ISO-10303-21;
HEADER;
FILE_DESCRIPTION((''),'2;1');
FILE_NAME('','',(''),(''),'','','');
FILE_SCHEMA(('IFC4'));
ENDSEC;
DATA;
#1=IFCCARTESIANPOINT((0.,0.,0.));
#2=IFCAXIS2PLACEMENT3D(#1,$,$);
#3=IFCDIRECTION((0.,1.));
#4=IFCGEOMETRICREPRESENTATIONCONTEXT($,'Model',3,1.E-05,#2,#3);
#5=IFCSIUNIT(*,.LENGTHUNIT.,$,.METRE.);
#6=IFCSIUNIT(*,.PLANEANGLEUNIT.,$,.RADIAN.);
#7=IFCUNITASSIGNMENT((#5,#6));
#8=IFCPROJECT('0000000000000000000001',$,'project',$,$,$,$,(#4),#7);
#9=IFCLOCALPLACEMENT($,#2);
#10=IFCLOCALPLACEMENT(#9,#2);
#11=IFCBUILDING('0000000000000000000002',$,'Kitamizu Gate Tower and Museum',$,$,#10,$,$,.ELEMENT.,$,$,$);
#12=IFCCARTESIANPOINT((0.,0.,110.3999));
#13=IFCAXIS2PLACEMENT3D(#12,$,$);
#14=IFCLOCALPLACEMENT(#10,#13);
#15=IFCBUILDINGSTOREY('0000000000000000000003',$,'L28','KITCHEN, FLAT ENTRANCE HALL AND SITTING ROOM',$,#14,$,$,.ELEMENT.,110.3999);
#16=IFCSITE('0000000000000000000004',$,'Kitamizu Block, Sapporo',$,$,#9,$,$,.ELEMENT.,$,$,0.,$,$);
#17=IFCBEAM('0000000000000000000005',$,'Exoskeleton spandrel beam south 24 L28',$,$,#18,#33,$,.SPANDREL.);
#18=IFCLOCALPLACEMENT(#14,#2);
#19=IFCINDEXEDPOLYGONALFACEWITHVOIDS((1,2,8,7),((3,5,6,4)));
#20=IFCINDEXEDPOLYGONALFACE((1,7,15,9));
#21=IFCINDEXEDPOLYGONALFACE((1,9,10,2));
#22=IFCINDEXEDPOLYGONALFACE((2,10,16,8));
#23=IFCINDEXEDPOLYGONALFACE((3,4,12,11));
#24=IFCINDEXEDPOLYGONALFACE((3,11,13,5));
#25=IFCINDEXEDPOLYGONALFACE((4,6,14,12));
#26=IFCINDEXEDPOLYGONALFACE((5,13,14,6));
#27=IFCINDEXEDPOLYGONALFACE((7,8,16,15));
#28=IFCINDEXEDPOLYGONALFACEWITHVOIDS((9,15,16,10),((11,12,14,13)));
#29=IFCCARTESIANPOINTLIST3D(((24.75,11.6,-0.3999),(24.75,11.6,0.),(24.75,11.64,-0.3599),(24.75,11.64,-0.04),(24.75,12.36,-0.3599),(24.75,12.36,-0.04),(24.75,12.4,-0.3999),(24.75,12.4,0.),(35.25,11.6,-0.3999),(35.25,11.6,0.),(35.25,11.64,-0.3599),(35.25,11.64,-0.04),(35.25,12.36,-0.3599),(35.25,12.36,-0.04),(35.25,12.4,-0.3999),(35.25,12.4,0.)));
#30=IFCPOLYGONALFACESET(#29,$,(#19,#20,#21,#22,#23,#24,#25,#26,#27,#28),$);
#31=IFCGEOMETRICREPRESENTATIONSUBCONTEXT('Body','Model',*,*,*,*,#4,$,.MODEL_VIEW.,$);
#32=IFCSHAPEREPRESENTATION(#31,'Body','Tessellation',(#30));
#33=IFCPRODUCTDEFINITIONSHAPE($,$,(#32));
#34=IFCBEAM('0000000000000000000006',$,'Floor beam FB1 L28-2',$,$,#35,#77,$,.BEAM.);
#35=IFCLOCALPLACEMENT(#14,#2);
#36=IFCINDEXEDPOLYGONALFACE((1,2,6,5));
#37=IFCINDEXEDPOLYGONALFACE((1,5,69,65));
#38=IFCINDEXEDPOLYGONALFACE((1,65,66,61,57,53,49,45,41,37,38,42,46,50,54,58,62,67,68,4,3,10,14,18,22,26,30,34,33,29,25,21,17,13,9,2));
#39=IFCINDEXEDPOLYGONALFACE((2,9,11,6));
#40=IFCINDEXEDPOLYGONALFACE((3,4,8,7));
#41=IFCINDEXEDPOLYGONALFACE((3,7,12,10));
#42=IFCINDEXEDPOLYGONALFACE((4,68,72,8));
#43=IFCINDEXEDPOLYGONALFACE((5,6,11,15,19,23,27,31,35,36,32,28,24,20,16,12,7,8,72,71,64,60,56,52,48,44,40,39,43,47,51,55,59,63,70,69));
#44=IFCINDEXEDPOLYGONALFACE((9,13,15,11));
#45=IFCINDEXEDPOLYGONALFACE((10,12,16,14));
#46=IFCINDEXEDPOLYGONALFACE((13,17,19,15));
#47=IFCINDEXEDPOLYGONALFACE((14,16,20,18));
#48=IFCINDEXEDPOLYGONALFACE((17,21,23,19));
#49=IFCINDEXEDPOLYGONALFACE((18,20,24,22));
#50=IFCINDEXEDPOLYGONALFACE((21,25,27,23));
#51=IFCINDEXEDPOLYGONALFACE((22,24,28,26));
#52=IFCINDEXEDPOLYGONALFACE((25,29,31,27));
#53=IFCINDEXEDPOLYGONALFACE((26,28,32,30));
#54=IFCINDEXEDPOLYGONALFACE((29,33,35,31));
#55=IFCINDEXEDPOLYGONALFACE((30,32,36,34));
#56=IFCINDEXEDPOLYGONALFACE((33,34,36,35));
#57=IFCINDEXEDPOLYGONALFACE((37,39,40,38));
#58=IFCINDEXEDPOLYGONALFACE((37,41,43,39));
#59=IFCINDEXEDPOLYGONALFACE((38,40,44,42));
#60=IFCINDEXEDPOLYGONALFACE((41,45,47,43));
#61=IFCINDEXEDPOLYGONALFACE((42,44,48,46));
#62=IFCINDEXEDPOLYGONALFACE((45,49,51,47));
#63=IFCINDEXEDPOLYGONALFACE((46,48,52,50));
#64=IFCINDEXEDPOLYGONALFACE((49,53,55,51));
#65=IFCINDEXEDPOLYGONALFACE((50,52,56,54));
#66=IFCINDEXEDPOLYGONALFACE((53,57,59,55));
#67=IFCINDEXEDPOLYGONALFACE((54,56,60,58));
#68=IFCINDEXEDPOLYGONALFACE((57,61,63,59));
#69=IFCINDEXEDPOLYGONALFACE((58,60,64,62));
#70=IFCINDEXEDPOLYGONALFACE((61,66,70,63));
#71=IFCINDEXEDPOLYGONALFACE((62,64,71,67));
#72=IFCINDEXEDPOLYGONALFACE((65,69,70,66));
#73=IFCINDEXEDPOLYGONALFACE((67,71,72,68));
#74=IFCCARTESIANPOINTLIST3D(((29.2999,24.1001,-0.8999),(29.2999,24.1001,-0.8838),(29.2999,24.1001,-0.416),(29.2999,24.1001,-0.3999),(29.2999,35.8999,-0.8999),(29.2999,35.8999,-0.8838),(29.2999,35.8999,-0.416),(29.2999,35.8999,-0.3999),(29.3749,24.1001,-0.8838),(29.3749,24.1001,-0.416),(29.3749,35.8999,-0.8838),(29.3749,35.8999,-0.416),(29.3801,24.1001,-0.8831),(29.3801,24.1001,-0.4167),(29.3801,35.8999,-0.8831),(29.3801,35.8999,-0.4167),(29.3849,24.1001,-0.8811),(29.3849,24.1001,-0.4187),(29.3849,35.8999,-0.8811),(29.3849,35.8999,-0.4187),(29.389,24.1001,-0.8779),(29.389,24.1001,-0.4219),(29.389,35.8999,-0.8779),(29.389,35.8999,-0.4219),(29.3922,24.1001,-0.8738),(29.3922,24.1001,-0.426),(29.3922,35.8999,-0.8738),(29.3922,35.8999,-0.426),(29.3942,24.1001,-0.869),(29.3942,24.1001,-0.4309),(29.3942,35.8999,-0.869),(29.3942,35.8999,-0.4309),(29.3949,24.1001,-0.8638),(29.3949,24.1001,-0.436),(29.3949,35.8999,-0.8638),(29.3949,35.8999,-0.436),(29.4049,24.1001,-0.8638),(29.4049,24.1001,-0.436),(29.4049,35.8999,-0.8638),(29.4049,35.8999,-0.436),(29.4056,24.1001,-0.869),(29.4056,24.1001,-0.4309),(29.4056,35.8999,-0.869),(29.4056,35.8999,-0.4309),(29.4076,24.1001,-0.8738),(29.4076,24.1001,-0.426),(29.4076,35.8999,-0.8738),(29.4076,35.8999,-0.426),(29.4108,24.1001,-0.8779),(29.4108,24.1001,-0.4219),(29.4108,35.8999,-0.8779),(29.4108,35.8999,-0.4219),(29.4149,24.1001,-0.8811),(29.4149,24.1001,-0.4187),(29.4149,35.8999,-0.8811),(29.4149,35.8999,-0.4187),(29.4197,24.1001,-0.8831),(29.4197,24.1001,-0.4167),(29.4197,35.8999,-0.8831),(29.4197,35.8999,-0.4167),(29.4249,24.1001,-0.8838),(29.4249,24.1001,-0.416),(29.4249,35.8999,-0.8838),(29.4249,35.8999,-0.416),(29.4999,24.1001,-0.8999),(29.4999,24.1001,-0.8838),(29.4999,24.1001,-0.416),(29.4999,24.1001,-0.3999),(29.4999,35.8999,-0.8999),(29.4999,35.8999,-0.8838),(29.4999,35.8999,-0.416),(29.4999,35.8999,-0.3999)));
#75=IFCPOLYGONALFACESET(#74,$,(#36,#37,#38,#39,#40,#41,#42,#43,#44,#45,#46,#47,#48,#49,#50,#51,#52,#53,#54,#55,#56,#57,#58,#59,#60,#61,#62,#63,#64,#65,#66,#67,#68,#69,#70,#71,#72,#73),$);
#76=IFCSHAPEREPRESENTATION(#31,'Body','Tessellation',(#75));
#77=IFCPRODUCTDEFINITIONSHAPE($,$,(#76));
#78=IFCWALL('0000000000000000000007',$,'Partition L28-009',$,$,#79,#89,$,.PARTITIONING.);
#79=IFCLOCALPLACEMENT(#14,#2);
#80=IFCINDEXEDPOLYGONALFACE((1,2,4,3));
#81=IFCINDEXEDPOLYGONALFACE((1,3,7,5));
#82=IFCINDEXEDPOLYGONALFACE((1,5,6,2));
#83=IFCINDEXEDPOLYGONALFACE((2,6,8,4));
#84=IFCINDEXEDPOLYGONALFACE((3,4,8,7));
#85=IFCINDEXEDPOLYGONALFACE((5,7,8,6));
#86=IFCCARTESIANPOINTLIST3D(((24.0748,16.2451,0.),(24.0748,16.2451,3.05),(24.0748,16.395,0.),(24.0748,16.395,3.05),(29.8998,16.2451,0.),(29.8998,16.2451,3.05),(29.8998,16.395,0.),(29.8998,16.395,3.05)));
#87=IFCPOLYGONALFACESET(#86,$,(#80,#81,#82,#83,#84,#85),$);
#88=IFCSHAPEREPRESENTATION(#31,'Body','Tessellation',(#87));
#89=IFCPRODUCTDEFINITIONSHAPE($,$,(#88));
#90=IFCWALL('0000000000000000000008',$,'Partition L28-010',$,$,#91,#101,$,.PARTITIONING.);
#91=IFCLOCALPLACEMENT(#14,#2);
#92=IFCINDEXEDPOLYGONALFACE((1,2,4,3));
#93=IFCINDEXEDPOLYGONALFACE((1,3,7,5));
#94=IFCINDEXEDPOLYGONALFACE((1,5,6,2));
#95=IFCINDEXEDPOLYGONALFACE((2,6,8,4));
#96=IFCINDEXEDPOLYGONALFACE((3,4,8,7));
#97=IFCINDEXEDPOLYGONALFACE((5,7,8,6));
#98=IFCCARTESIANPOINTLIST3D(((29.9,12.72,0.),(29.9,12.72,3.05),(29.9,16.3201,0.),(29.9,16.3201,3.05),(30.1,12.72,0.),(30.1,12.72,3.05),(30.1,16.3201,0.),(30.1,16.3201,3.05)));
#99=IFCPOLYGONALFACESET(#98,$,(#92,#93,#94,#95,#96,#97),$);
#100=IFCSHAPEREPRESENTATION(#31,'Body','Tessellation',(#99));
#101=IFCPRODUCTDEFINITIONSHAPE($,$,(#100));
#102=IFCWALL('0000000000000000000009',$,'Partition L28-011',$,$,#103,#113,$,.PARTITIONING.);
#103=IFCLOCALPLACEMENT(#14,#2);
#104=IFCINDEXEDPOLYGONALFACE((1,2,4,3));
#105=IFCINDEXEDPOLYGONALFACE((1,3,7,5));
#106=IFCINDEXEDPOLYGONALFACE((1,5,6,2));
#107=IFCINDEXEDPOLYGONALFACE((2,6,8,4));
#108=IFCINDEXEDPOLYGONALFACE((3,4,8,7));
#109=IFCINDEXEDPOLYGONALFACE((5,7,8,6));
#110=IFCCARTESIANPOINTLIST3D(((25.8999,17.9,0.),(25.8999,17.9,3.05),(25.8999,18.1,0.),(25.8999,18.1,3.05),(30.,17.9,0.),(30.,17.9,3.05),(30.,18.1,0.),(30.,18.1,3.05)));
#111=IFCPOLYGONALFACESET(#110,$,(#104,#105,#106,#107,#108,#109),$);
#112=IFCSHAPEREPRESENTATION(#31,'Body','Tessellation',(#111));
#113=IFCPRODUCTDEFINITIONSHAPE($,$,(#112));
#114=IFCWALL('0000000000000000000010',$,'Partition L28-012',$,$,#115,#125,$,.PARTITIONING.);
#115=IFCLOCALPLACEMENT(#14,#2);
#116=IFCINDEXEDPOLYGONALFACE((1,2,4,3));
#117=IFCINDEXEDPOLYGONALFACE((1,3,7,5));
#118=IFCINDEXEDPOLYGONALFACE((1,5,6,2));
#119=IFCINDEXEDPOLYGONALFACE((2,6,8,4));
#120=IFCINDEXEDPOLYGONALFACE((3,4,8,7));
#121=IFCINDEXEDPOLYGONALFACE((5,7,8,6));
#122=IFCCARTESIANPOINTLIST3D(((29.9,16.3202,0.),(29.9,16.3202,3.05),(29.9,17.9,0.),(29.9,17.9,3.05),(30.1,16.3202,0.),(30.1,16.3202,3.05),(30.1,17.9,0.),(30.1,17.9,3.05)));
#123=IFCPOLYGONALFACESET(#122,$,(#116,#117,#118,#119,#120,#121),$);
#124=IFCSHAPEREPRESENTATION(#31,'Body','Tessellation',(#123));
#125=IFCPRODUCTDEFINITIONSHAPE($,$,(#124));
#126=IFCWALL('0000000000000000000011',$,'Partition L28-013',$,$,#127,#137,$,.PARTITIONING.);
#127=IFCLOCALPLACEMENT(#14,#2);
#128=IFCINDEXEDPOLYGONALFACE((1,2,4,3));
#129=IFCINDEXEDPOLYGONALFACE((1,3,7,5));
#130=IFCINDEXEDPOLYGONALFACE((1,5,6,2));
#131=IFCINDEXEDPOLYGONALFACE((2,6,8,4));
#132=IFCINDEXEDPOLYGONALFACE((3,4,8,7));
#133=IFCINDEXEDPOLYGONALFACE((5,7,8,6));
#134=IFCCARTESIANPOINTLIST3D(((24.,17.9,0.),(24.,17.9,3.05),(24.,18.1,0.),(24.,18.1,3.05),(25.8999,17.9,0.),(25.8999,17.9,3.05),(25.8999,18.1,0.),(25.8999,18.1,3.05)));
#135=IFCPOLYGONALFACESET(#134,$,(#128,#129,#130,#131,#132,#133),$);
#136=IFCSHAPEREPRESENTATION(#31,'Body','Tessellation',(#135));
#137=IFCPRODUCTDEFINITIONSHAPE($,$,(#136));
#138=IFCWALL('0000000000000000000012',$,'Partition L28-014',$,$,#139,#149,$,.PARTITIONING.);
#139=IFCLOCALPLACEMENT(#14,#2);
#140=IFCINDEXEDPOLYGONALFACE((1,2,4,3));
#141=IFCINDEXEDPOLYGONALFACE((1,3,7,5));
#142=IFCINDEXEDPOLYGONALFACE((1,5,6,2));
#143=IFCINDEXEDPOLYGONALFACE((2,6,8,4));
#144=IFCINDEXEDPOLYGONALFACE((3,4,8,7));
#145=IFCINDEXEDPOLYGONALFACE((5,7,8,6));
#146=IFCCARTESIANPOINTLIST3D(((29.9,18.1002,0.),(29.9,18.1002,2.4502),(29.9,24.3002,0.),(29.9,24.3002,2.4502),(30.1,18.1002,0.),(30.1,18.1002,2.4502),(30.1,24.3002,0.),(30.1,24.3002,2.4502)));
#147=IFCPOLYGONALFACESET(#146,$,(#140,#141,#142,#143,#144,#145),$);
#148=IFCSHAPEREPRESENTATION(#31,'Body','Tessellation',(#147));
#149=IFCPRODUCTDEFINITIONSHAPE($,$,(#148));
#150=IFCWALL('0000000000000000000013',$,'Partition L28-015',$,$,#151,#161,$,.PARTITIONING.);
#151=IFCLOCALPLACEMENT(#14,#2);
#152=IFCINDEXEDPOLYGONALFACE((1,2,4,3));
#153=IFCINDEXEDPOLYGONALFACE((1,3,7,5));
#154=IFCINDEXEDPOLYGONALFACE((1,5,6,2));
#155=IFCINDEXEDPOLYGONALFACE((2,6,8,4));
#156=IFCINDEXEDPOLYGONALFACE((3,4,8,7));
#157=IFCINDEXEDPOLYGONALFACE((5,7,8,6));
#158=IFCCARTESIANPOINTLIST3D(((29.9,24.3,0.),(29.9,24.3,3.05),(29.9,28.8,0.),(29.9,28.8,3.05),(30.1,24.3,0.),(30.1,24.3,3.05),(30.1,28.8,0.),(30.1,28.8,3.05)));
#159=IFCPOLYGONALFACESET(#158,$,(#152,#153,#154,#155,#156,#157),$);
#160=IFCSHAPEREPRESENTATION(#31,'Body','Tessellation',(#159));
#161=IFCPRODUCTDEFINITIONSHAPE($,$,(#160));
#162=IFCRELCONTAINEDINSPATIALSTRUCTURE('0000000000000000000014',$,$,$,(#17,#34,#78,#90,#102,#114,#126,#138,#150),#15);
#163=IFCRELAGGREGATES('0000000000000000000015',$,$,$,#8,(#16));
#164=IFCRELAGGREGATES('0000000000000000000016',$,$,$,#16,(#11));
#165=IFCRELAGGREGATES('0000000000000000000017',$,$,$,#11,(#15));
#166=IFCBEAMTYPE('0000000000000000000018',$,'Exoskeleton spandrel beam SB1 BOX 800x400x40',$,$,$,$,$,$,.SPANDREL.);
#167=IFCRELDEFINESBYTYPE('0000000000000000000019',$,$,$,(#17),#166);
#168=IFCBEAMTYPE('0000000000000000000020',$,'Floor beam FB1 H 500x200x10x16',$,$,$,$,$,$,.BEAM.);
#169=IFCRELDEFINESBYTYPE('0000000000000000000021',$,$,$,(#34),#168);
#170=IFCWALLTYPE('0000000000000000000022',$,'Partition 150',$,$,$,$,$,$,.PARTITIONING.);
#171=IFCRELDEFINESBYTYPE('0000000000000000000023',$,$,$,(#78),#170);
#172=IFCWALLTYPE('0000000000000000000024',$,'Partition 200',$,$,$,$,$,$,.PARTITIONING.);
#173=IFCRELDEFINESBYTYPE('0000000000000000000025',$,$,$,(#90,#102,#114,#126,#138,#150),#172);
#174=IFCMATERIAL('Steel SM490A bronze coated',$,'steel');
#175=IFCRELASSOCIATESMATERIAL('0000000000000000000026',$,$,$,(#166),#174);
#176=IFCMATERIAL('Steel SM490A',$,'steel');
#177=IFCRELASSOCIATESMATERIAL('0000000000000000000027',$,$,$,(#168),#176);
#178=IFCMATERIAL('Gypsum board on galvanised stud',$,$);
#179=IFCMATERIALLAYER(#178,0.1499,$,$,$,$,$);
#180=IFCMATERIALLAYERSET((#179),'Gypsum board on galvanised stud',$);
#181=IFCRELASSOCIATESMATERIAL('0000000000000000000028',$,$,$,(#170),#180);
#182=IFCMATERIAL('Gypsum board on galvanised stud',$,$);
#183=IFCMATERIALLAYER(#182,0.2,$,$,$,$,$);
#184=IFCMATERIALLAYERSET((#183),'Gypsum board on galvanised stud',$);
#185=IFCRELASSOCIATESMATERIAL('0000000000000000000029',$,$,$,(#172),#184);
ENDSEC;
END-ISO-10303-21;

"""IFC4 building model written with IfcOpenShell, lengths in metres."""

from ifc_helpers import new_model, si_unit, direction, frame, frame_2d, origin, origin_2d, place, context, subcontext, project, spatial, rectangle, hollow_rectangle, i_section, extrude, material, layer, layer_set, material_profile, profile_set, type_object, element, save


model = new_model("IFC4")

# Units and contexts
model_context = context("Model", 3, precision=1e-05, world=origin(), true_north=direction((0.0, 1.0)))
body_context = subcontext(model_context, "Body", "Model", "MODEL_VIEW")
ifc_project = project(units=[si_unit("LENGTHUNIT", "METRE"), si_unit("PLANEANGLEUNIT", "RADIAN")], contexts=[model_context])

# Site, building, storey
site_placement = place(None, origin())
site = spatial("IfcSite", under=ifc_project, at=site_placement, Name="Kitamizu Block, Sapporo", CompositionType="ELEMENT", RefElevation=0.0)
building_placement = place(site_placement, origin())
building = spatial("IfcBuilding", under=site, at=building_placement, Name="Kitamizu Gate Tower and Museum", CompositionType="ELEMENT")
storey_placement = place(building_placement, frame((0.0, 0.0, 110.3999)))
storey = spatial("IfcBuildingStorey", under=building, at=storey_placement, Name="L28", Description="KITCHEN, FLAT ENTRANCE HALL AND SITTING ROOM", CompositionType="ELEMENT", Elevation=110.3999)

# Beams
ifc_material_1 = material(Name="Steel SM490A bronze coated", Category="steel")
ifc_material_profile_1 = material_profile(ifc_material_1, hollow_rectangle(XDim=0.8, YDim=0.3999, WallThickness=0.04, at=origin_2d()), Name="BOX 800x400x40")
ifc_profile_set_1 = profile_set([ifc_material_profile_1], Name="Steel SM490A bronze coated")
beam_type_1 = type_object("IfcBeamType", Name="Exoskeleton spandrel beam SB1 BOX 800x400x40", PredefinedType="SPANDREL", material=ifc_profile_set_1)
beam_1_placement = place(storey_placement, frame((24.75, 12.0, -0.2), z_axis=(1.0, 0.0, 0.0), x_axis=(0.0, 1.0, 0.0)))
element("IfcBeam", 1, at=beam_1_placement, inside=storey, type_object=beam_type_1, Name="Exoskeleton spandrel beam south 24 L28", PredefinedType="SPANDREL", context=body_context, shape_type="SweptSolid", body=[
    extrude(hollow_rectangle(XDim=0.8, YDim=0.3999, WallThickness=0.04, at=origin_2d()), origin(), (0.0, 0.0, 1.0), 10.5),
])
ifc_material_2 = material(Name="Steel SM490A", Category="steel")
ifc_material_profile_2 = material_profile(ifc_material_2, i_section(OverallWidth=0.2, OverallDepth=0.5, WebThickness=0.01, FlangeThickness=0.0161, FilletRadius=0.02, at=origin_2d()), Name="H-500x200x10x16")
ifc_profile_set_2 = profile_set([ifc_material_profile_2], Name="Steel SM490A")
beam_type_2 = type_object("IfcBeamType", Name="Floor beam FB1 H 500x200x10x16", PredefinedType="BEAM", material=ifc_profile_set_2)
beam_2_placement = place(storey_placement, frame((29.3999, 24.1001, -0.6499), z_axis=(0.0, 1.0, 0.0), x_axis=(-1.0, 0.0, 0.0)))
element("IfcBeam", 2, at=beam_2_placement, inside=storey, type_object=beam_type_2, Name="Floor beam FB1 L28-2", PredefinedType="BEAM", context=body_context, shape_type="SweptSolid", body=[
    extrude(i_section(OverallWidth=0.2, OverallDepth=0.5, WebThickness=0.01, FlangeThickness=0.0161, FilletRadius=0.02, at=origin_2d()), origin(), (0.0, 0.0, 1.0), 11.7998),
])

# Walls
ifc_material_3 = material(Name="Gypsum board on galvanised stud")
ifc_layer_1 = layer(ifc_material_3, 0.1499)
ifc_layer_set_1 = layer_set([ifc_layer_1], Name="Gypsum board on galvanised stud")
wall_type_1 = type_object("IfcWallType", Name="Partition 150", PredefinedType="PARTITIONING", material=ifc_layer_set_1)
wall_1_placement = place(storey_placement, frame((29.8999, 16.3201, 0.0), z_axis=(0.0, 0.0, 1.0), x_axis=(-1.0, 0.0, 0.0)))
element("IfcWall", 3, at=wall_1_placement, inside=storey, type_object=wall_type_1, Name="Partition L28-009", PredefinedType="PARTITIONING", context=body_context, shape_type="SweptSolid", body=[
    extrude(rectangle(XDim=5.825, YDim=0.1499, at=frame_2d((2.9126, 0.0))), origin(), (0.0, 0.0, 1.0), 3.05),
])
ifc_material_4 = material(Name="Gypsum board on galvanised stud")
ifc_layer_2 = layer(ifc_material_4, 0.2)
ifc_layer_set_2 = layer_set([ifc_layer_2], Name="Gypsum board on galvanised stud")
wall_type_2 = type_object("IfcWallType", Name="Partition 200", PredefinedType="PARTITIONING", material=ifc_layer_set_2)
wall_2_placement = place(storey_placement, frame((30.0, 12.72, 0.0), z_axis=(0.0, 0.0, 1.0), x_axis=(0.0, 1.0, 0.0)))
element("IfcWall", 4, at=wall_2_placement, inside=storey, type_object=wall_type_2, Name="Partition L28-010", PredefinedType="PARTITIONING", context=body_context, shape_type="SweptSolid", body=[
    extrude(rectangle(XDim=3.6001, YDim=0.2, at=frame_2d((1.8, 0.0))), origin(), (0.0, 0.0, 1.0), 3.05),
])
wall_3_placement = place(storey_placement, frame((30.0, 18.0, 0.0), z_axis=(0.0, 0.0, 1.0), x_axis=(-1.0, 0.0, 0.0)))
element("IfcWall", 5, at=wall_3_placement, inside=storey, type_object=wall_type_2, Name="Partition L28-011", PredefinedType="PARTITIONING", context=body_context, shape_type="SweptSolid", body=[
    extrude(rectangle(XDim=4.1001, YDim=0.2, at=frame_2d((2.05, 0.0))), origin(), (0.0, 0.0, 1.0), 3.05),
])
wall_4_placement = place(storey_placement, frame((30.0, 16.3201, 0.0), z_axis=(0.0, 0.0, 1.0), x_axis=(0.0, 1.0, 0.0)))
element("IfcWall", 6, at=wall_4_placement, inside=storey, type_object=wall_type_2, Name="Partition L28-012", PredefinedType="PARTITIONING", context=body_context, shape_type="SweptSolid", body=[
    extrude(rectangle(XDim=1.5798, YDim=0.2, at=frame_2d((0.79, 0.0))), origin(), (0.0, 0.0, 1.0), 3.05),
])
wall_5_placement = place(storey_placement, frame((25.8999, 18.0, 0.0), z_axis=(0.0, 0.0, 1.0), x_axis=(-1.0, 0.0, 0.0)))
element("IfcWall", 7, at=wall_5_placement, inside=storey, type_object=wall_type_2, Name="Partition L28-013", PredefinedType="PARTITIONING", context=body_context, shape_type="SweptSolid", body=[
    extrude(rectangle(XDim=1.8999, YDim=0.2, at=frame_2d((0.95, 0.0))), origin(), (0.0, 0.0, 1.0), 3.05),
])
wall_6_placement = place(storey_placement, frame((30.0, 18.1001, 0.0), z_axis=(0.0, 0.0, 1.0), x_axis=(0.0, 1.0, 0.0)))
element("IfcWall", 8, at=wall_6_placement, inside=storey, type_object=wall_type_2, Name="Partition L28-014", PredefinedType="PARTITIONING", context=body_context, shape_type="SweptSolid", body=[
    extrude(rectangle(XDim=6.2, YDim=0.2, at=frame_2d((3.1001, 0.0))), origin(), (0.0, 0.0, 1.0), 2.4502),
])
wall_7_placement = place(storey_placement, frame((30.0, 24.3, 0.0), z_axis=(0.0, 0.0, 1.0), x_axis=(0.0, 1.0, 0.0)))
element("IfcWall", 9, at=wall_7_placement, inside=storey, type_object=wall_type_2, Name="Partition L28-015", PredefinedType="PARTITIONING", context=body_context, shape_type="SweptSolid", body=[
    extrude(rectangle(XDim=4.5, YDim=0.2, at=frame_2d((2.25, 0.0))), origin(), (0.0, 0.0, 1.0), 3.05),
])

save(model, "model.ifc")
